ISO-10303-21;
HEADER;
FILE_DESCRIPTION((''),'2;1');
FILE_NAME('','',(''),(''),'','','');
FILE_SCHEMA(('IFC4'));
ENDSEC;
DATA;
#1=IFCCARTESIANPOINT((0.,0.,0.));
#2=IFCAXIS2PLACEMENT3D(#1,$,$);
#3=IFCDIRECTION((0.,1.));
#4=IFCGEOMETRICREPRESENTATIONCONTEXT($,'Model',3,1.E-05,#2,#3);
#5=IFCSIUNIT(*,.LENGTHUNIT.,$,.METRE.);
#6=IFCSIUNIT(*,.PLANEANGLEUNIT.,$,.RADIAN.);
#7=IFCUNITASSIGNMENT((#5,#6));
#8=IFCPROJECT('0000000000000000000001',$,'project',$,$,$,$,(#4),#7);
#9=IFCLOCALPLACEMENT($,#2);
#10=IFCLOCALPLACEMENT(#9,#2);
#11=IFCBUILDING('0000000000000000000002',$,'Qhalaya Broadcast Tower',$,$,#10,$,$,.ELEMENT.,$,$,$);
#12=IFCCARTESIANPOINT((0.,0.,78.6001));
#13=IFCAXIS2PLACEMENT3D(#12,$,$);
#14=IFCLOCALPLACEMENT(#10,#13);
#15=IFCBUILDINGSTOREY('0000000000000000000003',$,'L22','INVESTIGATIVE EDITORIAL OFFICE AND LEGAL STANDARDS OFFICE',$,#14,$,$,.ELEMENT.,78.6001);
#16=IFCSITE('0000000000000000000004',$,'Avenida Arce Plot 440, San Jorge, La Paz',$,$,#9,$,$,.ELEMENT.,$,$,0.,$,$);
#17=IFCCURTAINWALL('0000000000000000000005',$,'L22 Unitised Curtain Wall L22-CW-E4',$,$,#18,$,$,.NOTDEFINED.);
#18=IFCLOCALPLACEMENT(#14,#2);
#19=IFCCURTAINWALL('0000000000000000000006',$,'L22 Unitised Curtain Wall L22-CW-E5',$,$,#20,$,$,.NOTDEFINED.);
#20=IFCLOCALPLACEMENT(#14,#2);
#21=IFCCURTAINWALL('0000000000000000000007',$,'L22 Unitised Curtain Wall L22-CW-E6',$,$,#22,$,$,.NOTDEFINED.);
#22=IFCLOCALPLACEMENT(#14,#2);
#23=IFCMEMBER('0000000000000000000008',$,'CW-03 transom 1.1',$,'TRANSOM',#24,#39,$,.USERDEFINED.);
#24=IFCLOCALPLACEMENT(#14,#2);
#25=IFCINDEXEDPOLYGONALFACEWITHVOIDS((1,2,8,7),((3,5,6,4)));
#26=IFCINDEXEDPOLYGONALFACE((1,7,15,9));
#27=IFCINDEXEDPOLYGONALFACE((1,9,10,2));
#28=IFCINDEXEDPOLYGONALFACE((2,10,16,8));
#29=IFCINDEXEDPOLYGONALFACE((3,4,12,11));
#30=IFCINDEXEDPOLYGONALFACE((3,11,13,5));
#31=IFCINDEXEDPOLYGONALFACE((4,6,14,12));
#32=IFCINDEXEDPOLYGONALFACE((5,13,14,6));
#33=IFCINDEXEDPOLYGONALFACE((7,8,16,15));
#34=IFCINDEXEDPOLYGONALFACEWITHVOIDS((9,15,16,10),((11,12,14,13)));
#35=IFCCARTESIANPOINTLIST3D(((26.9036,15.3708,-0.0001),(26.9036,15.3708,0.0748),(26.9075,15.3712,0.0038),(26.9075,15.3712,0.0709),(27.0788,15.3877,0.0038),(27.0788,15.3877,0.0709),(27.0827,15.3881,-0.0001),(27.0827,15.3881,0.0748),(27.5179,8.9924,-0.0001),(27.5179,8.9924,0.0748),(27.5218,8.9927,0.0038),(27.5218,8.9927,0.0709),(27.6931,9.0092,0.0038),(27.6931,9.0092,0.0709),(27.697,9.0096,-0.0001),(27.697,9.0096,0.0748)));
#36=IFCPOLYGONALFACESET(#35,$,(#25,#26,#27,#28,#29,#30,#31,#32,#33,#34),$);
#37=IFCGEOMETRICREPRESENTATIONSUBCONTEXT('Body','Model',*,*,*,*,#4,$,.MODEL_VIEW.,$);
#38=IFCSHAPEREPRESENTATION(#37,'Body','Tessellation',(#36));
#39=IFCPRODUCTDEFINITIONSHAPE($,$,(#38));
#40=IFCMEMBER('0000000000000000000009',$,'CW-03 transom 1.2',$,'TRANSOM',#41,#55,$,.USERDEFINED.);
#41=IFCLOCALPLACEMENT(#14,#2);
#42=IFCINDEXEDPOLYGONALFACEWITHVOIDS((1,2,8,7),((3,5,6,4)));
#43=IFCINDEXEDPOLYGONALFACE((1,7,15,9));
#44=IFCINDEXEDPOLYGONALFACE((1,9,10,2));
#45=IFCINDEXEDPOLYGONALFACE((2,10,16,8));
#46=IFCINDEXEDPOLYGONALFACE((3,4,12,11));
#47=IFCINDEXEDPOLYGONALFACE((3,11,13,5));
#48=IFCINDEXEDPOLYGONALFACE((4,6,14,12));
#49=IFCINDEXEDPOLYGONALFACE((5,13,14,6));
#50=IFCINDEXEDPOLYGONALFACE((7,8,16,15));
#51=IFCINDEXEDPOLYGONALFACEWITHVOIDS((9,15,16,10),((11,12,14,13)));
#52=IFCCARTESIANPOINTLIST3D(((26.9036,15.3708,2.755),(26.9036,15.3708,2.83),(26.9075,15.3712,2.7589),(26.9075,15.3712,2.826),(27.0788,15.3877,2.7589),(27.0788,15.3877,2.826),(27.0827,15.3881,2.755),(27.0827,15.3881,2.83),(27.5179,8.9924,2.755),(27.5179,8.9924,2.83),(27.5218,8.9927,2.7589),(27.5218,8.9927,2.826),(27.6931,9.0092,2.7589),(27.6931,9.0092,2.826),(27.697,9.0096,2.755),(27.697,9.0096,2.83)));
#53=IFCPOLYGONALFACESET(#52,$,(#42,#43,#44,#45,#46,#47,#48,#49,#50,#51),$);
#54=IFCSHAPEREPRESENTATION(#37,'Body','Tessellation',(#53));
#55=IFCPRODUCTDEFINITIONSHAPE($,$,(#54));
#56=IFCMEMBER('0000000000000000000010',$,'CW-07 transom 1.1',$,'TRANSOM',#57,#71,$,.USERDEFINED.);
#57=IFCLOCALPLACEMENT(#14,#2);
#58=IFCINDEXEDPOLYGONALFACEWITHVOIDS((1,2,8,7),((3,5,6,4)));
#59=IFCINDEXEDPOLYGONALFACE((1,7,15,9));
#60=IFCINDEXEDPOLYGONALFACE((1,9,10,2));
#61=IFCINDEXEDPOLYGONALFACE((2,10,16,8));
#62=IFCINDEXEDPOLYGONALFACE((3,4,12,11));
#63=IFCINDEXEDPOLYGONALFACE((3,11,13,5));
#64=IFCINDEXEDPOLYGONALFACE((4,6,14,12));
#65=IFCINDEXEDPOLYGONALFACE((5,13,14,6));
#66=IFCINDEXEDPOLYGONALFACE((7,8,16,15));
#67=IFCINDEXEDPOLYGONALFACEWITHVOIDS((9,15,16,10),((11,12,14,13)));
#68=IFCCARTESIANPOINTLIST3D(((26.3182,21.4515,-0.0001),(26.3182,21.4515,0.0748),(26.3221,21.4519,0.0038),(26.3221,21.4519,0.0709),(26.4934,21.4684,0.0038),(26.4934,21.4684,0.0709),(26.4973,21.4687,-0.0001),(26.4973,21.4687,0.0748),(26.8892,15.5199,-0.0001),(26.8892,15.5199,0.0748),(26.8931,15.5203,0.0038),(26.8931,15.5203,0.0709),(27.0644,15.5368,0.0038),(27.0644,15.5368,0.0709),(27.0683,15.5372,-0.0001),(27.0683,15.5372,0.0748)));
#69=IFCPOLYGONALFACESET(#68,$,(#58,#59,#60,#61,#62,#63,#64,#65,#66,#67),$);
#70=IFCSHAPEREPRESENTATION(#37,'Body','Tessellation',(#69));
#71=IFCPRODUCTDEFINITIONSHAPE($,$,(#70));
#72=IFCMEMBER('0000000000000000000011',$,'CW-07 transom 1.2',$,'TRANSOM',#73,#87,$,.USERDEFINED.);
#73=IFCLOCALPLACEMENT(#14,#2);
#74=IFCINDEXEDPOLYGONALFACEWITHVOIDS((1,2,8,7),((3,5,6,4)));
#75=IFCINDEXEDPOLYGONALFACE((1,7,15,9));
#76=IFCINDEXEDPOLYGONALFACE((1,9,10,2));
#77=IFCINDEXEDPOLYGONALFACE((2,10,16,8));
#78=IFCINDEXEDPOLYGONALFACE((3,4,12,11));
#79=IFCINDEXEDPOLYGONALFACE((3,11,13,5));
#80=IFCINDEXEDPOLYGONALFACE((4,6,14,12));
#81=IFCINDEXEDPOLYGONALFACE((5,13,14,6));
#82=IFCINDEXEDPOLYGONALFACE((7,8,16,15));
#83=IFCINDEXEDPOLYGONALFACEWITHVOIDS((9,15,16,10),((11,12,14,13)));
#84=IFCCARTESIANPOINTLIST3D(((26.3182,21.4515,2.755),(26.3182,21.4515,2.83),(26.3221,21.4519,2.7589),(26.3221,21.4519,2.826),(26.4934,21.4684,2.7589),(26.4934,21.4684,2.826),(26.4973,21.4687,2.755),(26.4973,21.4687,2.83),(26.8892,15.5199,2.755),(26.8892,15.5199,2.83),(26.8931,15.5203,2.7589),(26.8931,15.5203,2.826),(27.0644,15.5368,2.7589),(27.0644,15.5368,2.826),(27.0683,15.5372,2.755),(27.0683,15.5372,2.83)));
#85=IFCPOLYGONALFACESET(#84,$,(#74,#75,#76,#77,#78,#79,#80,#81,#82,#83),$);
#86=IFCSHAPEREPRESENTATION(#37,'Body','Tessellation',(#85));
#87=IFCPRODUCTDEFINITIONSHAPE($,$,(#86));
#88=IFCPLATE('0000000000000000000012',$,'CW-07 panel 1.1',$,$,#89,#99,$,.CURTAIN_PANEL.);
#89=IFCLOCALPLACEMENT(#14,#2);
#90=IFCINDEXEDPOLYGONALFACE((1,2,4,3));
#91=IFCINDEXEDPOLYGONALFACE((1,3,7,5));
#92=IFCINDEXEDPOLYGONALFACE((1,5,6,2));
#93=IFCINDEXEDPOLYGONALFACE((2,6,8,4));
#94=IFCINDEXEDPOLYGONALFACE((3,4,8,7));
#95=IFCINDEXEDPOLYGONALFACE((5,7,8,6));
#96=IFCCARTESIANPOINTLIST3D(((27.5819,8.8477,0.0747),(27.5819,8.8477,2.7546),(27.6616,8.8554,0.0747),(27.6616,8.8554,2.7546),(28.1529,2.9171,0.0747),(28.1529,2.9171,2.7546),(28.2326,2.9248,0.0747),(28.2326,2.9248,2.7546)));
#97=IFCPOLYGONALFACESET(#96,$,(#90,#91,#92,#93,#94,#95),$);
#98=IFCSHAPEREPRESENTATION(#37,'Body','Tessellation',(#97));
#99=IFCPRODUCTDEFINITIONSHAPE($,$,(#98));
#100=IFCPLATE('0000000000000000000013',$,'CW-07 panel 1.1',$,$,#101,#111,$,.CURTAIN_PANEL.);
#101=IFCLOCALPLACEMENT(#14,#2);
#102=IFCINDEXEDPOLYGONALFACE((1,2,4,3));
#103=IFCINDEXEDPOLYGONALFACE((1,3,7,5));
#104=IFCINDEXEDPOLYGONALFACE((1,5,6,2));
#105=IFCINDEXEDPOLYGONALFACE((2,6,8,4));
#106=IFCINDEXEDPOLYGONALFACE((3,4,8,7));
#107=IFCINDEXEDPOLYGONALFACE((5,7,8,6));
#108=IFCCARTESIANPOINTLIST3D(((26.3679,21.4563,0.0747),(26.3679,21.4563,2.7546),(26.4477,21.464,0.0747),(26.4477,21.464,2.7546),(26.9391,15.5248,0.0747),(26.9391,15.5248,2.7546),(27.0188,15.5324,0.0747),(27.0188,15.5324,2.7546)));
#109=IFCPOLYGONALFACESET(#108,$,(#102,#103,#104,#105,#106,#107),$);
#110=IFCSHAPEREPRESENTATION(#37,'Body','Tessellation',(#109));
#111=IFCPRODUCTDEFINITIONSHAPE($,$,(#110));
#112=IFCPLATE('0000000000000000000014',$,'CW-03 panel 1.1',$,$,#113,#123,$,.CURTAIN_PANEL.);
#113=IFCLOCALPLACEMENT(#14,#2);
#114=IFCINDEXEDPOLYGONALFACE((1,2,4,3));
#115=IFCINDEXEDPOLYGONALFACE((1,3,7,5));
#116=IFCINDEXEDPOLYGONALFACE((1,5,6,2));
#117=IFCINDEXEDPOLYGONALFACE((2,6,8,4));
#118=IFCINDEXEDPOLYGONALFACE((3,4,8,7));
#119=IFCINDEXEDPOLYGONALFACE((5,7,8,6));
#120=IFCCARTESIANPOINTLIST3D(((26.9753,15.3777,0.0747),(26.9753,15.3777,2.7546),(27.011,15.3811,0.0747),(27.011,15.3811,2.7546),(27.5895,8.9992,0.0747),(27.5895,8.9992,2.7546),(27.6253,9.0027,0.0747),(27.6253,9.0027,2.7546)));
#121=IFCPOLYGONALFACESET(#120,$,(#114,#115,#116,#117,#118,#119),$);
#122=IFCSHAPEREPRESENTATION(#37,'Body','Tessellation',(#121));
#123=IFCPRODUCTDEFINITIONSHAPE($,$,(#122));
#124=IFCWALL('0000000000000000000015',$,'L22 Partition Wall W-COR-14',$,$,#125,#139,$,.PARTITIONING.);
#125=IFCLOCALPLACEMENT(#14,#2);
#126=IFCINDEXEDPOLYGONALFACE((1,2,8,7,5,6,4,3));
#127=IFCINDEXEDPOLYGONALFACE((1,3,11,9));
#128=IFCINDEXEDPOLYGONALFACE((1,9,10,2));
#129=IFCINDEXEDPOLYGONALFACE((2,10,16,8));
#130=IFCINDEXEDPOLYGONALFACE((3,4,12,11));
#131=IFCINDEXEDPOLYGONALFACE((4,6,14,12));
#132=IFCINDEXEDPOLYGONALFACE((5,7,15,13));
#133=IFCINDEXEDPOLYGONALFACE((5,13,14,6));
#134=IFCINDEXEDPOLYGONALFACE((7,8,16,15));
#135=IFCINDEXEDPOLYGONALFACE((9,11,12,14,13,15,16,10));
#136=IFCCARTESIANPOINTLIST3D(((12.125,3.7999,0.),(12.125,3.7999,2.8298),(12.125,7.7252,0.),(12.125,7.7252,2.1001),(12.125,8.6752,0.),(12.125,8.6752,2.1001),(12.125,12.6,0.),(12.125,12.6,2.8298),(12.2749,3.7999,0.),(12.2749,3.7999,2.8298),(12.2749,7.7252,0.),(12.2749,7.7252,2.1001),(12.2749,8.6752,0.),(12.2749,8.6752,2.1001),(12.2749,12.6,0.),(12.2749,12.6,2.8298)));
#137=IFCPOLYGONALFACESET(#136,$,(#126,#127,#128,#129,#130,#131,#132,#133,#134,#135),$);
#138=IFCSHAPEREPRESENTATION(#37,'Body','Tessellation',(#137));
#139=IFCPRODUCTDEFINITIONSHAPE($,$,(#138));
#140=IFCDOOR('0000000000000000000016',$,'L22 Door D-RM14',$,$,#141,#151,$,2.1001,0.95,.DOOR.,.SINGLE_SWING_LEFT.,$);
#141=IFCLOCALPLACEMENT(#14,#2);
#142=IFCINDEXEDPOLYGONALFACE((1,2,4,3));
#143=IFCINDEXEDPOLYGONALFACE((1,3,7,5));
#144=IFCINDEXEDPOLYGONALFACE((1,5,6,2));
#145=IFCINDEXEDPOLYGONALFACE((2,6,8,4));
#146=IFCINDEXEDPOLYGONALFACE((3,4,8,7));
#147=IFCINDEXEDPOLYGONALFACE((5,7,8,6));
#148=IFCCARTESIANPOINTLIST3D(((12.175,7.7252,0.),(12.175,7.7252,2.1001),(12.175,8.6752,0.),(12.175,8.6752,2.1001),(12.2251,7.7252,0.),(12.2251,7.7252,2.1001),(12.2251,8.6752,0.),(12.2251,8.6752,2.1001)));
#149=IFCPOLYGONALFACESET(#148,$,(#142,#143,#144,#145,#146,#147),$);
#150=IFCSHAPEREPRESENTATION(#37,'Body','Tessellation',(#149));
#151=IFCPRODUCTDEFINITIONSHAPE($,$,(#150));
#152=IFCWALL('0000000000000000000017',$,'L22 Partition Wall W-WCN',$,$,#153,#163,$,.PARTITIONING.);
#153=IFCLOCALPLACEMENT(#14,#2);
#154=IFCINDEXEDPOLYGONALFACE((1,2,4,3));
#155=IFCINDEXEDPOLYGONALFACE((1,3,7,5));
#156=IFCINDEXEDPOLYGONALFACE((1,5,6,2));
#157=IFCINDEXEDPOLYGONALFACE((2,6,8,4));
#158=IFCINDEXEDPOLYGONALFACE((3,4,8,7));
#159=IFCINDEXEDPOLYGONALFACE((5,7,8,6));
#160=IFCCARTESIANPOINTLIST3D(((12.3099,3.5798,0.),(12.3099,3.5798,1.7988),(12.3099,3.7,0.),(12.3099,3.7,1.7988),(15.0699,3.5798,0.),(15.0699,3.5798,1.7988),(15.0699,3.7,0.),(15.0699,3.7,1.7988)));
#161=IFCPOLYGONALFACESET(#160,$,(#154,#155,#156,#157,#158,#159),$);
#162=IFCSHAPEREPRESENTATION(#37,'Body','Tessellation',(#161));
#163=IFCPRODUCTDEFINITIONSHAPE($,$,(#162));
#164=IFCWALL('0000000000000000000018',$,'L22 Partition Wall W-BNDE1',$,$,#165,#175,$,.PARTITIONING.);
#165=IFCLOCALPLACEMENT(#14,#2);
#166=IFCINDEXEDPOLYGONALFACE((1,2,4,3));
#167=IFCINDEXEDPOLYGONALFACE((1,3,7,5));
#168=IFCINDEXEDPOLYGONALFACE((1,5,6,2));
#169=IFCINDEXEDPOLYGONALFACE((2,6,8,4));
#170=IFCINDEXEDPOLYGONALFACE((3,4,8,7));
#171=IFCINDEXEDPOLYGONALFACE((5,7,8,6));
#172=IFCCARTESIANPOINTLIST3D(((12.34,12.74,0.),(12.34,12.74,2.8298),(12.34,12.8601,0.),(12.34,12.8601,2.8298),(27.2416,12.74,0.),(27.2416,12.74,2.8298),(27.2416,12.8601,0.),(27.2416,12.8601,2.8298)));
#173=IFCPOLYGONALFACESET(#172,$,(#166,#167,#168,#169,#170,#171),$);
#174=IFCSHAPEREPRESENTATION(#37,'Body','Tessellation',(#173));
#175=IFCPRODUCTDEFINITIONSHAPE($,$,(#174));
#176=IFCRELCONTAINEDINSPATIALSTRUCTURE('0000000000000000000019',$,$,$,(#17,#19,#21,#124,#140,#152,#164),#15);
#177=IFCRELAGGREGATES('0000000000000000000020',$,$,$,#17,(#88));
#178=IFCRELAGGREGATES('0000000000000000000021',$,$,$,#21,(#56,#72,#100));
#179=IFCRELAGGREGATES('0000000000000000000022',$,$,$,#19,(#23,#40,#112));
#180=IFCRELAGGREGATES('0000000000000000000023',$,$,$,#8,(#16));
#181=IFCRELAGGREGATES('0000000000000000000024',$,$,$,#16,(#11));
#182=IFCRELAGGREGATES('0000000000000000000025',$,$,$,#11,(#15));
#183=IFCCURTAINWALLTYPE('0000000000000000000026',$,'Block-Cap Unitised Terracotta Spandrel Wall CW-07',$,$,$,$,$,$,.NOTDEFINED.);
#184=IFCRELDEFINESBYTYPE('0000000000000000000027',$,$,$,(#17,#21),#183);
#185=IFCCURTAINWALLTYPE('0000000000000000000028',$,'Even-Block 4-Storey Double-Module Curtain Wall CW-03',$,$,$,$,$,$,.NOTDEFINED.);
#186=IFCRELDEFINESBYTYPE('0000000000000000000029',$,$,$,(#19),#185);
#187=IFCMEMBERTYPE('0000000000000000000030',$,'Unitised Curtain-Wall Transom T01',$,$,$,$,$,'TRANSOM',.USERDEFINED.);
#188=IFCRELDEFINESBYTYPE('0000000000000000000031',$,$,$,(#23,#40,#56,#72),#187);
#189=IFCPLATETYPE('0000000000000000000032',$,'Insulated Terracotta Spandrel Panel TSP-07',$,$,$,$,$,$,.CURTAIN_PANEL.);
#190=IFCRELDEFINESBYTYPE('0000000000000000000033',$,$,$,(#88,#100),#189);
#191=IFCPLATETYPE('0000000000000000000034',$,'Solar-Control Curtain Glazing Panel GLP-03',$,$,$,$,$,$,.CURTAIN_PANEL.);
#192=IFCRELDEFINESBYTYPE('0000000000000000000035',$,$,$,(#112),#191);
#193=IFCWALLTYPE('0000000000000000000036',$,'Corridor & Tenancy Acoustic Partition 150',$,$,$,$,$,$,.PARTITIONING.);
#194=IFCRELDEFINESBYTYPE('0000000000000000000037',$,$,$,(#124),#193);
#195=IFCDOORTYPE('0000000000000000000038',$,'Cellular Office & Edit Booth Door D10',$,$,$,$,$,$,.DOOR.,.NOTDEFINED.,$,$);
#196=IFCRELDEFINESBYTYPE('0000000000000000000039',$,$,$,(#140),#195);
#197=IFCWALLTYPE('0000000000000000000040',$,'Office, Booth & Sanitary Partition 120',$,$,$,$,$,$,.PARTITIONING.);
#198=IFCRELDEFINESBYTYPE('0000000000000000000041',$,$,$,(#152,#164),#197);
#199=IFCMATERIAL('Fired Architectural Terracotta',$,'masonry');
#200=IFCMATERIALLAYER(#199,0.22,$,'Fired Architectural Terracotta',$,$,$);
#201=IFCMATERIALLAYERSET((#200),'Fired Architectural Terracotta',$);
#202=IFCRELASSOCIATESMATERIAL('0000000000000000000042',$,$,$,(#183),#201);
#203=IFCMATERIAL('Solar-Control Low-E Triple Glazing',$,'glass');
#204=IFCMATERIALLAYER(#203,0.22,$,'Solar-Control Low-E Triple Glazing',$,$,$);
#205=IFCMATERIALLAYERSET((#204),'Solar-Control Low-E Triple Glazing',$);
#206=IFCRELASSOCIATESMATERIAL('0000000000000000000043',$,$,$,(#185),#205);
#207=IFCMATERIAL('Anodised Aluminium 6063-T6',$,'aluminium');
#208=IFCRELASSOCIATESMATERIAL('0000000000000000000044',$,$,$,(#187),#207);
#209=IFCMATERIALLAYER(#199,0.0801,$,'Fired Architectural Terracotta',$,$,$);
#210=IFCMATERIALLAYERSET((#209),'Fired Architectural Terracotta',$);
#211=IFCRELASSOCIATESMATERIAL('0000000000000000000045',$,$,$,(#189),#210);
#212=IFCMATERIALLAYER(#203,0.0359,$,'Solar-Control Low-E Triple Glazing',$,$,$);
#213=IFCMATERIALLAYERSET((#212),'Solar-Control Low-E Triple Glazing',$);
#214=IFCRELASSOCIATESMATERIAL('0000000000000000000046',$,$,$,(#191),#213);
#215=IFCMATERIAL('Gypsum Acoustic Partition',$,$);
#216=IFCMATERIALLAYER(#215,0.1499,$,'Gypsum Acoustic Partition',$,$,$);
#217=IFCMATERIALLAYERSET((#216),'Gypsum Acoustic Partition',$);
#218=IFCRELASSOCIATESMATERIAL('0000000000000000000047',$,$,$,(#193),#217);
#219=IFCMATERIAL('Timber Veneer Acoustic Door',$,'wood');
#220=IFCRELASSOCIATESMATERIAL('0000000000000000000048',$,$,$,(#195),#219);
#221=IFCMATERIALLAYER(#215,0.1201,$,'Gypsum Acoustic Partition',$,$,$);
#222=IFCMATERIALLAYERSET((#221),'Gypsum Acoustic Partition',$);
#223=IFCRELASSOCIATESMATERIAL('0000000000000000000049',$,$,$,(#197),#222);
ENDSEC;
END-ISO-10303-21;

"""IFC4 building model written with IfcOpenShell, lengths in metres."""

from ifc_helpers import new_model, si_unit, direction, frame, frame_2d, origin, origin_2d, place, context, subcontext, project, spatial, rectangle, hollow_rectangle, extrude, material, layer, layer_set, material_profile, profile_set, type_object, element, fill, aggregate, save


model = new_model("IFC4")

# Units and contexts
model_context = context("Model", 3, precision=1e-05, world=origin(), true_north=direction((0.0, 1.0)))
body_context = subcontext(model_context, "Body", "Model", "MODEL_VIEW")
ifc_project = project(units=[si_unit("LENGTHUNIT", "METRE"), si_unit("PLANEANGLEUNIT", "RADIAN")], contexts=[model_context])

# Site, building, storey
site_placement = place(None, origin())
site = spatial("IfcSite", under=ifc_project, at=site_placement, Name="Avenida Arce Plot 440, San Jorge, La Paz", CompositionType="ELEMENT", RefElevation=0.0)
building_placement = place(site_placement, origin())
building = spatial("IfcBuilding", under=site, at=building_placement, Name="Qhalaya Broadcast Tower", CompositionType="ELEMENT")
storey_placement = place(building_placement, frame((0.0, 0.0, 78.6001)))
storey = spatial("IfcBuildingStorey", under=building, at=storey_placement, Name="L22", Description="INVESTIGATIVE EDITORIAL OFFICE AND LEGAL STANDARDS OFFICE", CompositionType="ELEMENT", Elevation=78.6001)

# Curtain wall
ifc_material_1 = material(Name="Fired Architectural Terracotta", Category="masonry")
ifc_layer_1 = layer(ifc_material_1, 0.22, Name="Fired Architectural Terracotta")
ifc_layer_set_1 = layer_set([ifc_layer_1], Name="Fired Architectural Terracotta")
curtain_wall_type_1 = type_object("IfcCurtainWallType", Name="Block-Cap Unitised Terracotta Spandrel Wall CW-07", PredefinedType="NOTDEFINED", material=ifc_layer_set_1)
curtain_wall_1_placement = place(storey_placement, origin())
curtain_wall_1 = element("IfcCurtainWall", 1, at=curtain_wall_1_placement, inside=storey, type_object=curtain_wall_type_1, Name="L22 Unitised Curtain Wall L22-CW-E4", PredefinedType="NOTDEFINED")
ifc_material_2 = material(Name="Anodised Aluminium 6063-T6", Category="aluminium")

# Curtain wall
ifc_material_3 = material(Name="Solar-Control Low-E Triple Glazing", Category="glass")
ifc_layer_2 = layer(ifc_material_3, 0.22, Name="Solar-Control Low-E Triple Glazing")
ifc_layer_set_2 = layer_set([ifc_layer_2], Name="Solar-Control Low-E Triple Glazing")
curtain_wall_type_2 = type_object("IfcCurtainWallType", Name="Even-Block 4-Storey Double-Module Curtain Wall CW-03", PredefinedType="NOTDEFINED", material=ifc_layer_set_2)
curtain_wall_2_placement = place(storey_placement, origin())
curtain_wall_2 = element("IfcCurtainWall", 2, at=curtain_wall_2_placement, inside=storey, type_object=curtain_wall_type_2, Name="L22 Unitised Curtain Wall L22-CW-E5", PredefinedType="NOTDEFINED")

# Curtain wall
curtain_wall_3_placement = place(storey_placement, origin())
curtain_wall_3 = element("IfcCurtainWall", 3, at=curtain_wall_3_placement, inside=storey, type_object=curtain_wall_type_1, Name="L22 Unitised Curtain Wall L22-CW-E6", PredefinedType="NOTDEFINED")

# Members
ifc_material_profile_1 = material_profile(ifc_material_2, hollow_rectangle(XDim=0.075, YDim=0.1799, WallThickness=0.0039, at=origin_2d()), Name="ALU-TRN 75x180x4")
ifc_profile_set_1 = profile_set([ifc_material_profile_1], Name="Anodised Aluminium 6063-T6")
member_type_1 = type_object("IfcMemberType", Name="Unitised Curtain-Wall Transom T01", ElementType="TRANSOM", PredefinedType="USERDEFINED", material=ifc_profile_set_1)
member_1_placement = place(storey_placement, frame((27.6074, 9.001, 0.0374), z_axis=(-0.095859, 0.995395, 0.0), x_axis=(0.0, 0.0, 1.0)))
member_1 = element("IfcMember", 4, at=member_1_placement, type_object=member_type_1, Name="CW-03 transom 1.1", ObjectType="TRANSOM", PredefinedType="USERDEFINED", context=body_context, shape_type="SweptSolid", body=[
    extrude(hollow_rectangle(XDim=0.075, YDim=0.1799, WallThickness=0.0039, at=origin_2d()), origin(), (0.0, 0.0, 1.0), 6.408),
])
member_2_placement = place(storey_placement, frame((27.6074, 9.001, 2.7925), z_axis=(-0.095859, 0.995395, 0.0), x_axis=(0.0, 0.0, 1.0)))
member_2 = element("IfcMember", 5, at=member_2_placement, type_object=member_type_1, Name="CW-03 transom 1.2", ObjectType="TRANSOM", PredefinedType="USERDEFINED", context=body_context, shape_type="SweptSolid", body=[
    extrude(hollow_rectangle(XDim=0.075, YDim=0.1799, WallThickness=0.0039, at=origin_2d()), origin(), (0.0, 0.0, 1.0), 6.408),
])
member_3_placement = place(storey_placement, frame((26.9788, 15.5286, 0.0374), z_axis=(-0.095828, 0.995398, 0.0), x_axis=(0.0, 0.0, 1.0)))
member_3 = element("IfcMember", 6, at=member_3_placement, type_object=member_type_1, Name="CW-07 transom 1.1", ObjectType="TRANSOM", PredefinedType="USERDEFINED", context=body_context, shape_type="SweptSolid", body=[
    extrude(hollow_rectangle(XDim=0.075, YDim=0.1799, WallThickness=0.0039, at=origin_2d()), origin(), (0.0, 0.0, 1.0), 5.959),
])
member_4_placement = place(storey_placement, frame((26.9788, 15.5286, 2.7925), z_axis=(-0.095828, 0.995398, 0.0), x_axis=(0.0, 0.0, 1.0)))
member_4 = element("IfcMember", 7, at=member_4_placement, type_object=member_type_1, Name="CW-07 transom 1.2", ObjectType="TRANSOM", PredefinedType="USERDEFINED", context=body_context, shape_type="SweptSolid", body=[
    extrude(hollow_rectangle(XDim=0.075, YDim=0.1799, WallThickness=0.0039, at=origin_2d()), origin(), (0.0, 0.0, 1.0), 5.959),
])

# Plates
ifc_layer_3 = layer(ifc_material_1, 0.0801, Name="Fired Architectural Terracotta")
ifc_layer_set_3 = layer_set([ifc_layer_3], Name="Fired Architectural Terracotta")
plate_type_1 = type_object("IfcPlateType", Name="Insulated Terracotta Spandrel Panel TSP-07", PredefinedType="CURTAIN_PANEL", material=ifc_layer_set_3)
plate_1_placement = place(storey_placement, frame((27.9072, 5.8862, 0.0747), z_axis=(0.0, 0.0, 1.0), x_axis=(-0.095841, 0.995397, 0.0)))
plate_1 = element("IfcPlate", 8, at=plate_1_placement, type_object=plate_type_1, Name="CW-07 panel 1.1", PredefinedType="CURTAIN_PANEL", context=body_context, shape_type="SweptSolid", body=[
    extrude(rectangle(XDim=5.958, YDim=0.0801, at=origin_2d()), origin(), (0.0, 0.0, 1.0), 2.6799),
])
aggregate(curtain_wall_1, [plate_1])
plate_2_placement = place(storey_placement, frame((26.6934, 18.4944, 0.0747), z_axis=(0.0, 0.0, 1.0), x_axis=(-0.095842, 0.995397, 0.0)))
plate_2 = element("IfcPlate", 9, at=plate_2_placement, type_object=plate_type_1, Name="CW-07 panel 1.1", PredefinedType="CURTAIN_PANEL", context=body_context, shape_type="SweptSolid", body=[
    extrude(rectangle(XDim=5.959, YDim=0.0801, at=origin_2d()), origin(), (0.0, 0.0, 1.0), 2.6799),
])
aggregate(curtain_wall_3, [member_3, member_4, plate_2])
ifc_layer_4 = layer(ifc_material_3, 0.0359, Name="Solar-Control Low-E Triple Glazing")
ifc_layer_set_4 = layer_set([ifc_layer_4], Name="Solar-Control Low-E Triple Glazing")
plate_type_2 = type_object("IfcPlateType", Name="Solar-Control Curtain Glazing Panel GLP-03", PredefinedType="CURTAIN_PANEL", material=ifc_layer_set_4)
plate_3_placement = place(storey_placement, frame((27.3003, 12.1902, 0.0747), z_axis=(0.0, 0.0, 1.0), x_axis=(-0.095852, 0.995396, 0.0)))
plate_3 = element("IfcPlate", 10, at=plate_3_placement, type_object=plate_type_2, Name="CW-03 panel 1.1", PredefinedType="CURTAIN_PANEL", context=body_context, shape_type="SweptSolid", body=[
    extrude(rectangle(XDim=6.408, YDim=0.0359, at=origin_2d()), origin(), (0.0, 0.0, 1.0), 2.6799),
])
aggregate(curtain_wall_2, [member_1, member_2, plate_3])

# Wall, opening, door
ifc_material_4 = material(Name="Gypsum Acoustic Partition")
ifc_layer_5 = layer(ifc_material_4, 0.1499, Name="Gypsum Acoustic Partition")
ifc_layer_set_5 = layer_set([ifc_layer_5], Name="Gypsum Acoustic Partition")
wall_type_1 = type_object("IfcWallType", Name="Corridor & Tenancy Acoustic Partition 150", PredefinedType="PARTITIONING", material=ifc_layer_set_5)
wall_1_placement = place(storey_placement, frame((12.2, 3.8, 0.0), z_axis=(0.0, 0.0, 1.0), x_axis=(0.0, 1.0, 0.0)))
wall_1 = element("IfcWall", 11, at=wall_1_placement, inside=storey, type_object=wall_type_1, Name="L22 Partition Wall W-COR-14", PredefinedType="PARTITIONING", context=body_context, shape_type="SweptSolid", body=[
    extrude(rectangle(XDim=8.8, YDim=0.1499, at=frame_2d((4.3999, 0.0))), origin(), (0.0, 0.0, 1.0), 2.8298),
])
opening_placement = place(wall_1_placement, frame((3.925, 0.0, 0.0)))
opening = element("IfcOpeningElement", 12, at=opening_placement, cuts=wall_1, PredefinedType="OPENING", context=body_context, shape_type="SweptSolid", body=[
    extrude(rectangle(XDim=0.95, YDim=2.1001, at=frame_2d((0.4751, 1.05))), frame((0.0, 0.0869, 0.0), z_axis=(0.0, -1.0, 0.0), x_axis=(1.0, 0.0, 0.0)), (0.0, 0.0, 1.0), 0.1738),
])
ifc_material_5 = material(Name="Timber Veneer Acoustic Door", Category="wood")
door_type = type_object("IfcDoorType", Name="Cellular Office & Edit Booth Door D10", OperationType="NOTDEFINED", PredefinedType="DOOR", material=ifc_material_5)
door_placement = place(opening_placement, origin())
door = element("IfcDoor", 13, at=door_placement, inside=storey, type_object=door_type, Name="L22 Door D-RM14", OperationType="SINGLE_SWING_LEFT", OverallHeight=2.1001, OverallWidth=0.95, PredefinedType="DOOR", context=body_context, shape_type="SweptSolid", body=[
    extrude(rectangle(XDim=0.95, YDim=2.1001, at=frame_2d((0.4751, 1.05))), frame((0.0, 0.0249, 0.0), z_axis=(0.0, -1.0, 0.0), x_axis=(1.0, 0.0, 0.0)), (0.0, 0.0, 1.0), 0.05),
])
fill(opening, door)

# Walls
ifc_layer_6 = layer(ifc_material_4, 0.1201, Name="Gypsum Acoustic Partition")
ifc_layer_set_6 = layer_set([ifc_layer_6], Name="Gypsum Acoustic Partition")
wall_type_2 = type_object("IfcWallType", Name="Office, Booth & Sanitary Partition 120", PredefinedType="PARTITIONING", material=ifc_layer_set_6)
wall_2_placement = place(storey_placement, frame((12.3101, 3.6399, 0.0), z_axis=(0.0, 0.0, 1.0), x_axis=(1.0, 0.0, 0.0)))
element("IfcWall", 14, at=wall_2_placement, inside=storey, type_object=wall_type_2, Name="L22 Partition Wall W-WCN", PredefinedType="PARTITIONING", context=body_context, shape_type="SweptSolid", body=[
    extrude(rectangle(XDim=2.76, YDim=0.1201, at=frame_2d((1.3799, 0.0))), origin(), (0.0, 0.0, 1.0), 1.7988),
])
wall_3_placement = place(storey_placement, frame((12.3401, 12.8, 0.0), z_axis=(0.0, 0.0, 1.0), x_axis=(1.0, 0.0, 0.0)))
element("IfcWall", 15, at=wall_3_placement, inside=storey, type_object=wall_type_2, Name="L22 Partition Wall W-BNDE1", PredefinedType="PARTITIONING", context=body_context, shape_type="SweptSolid", body=[
    extrude(rectangle(XDim=14.9016, YDim=0.1201, at=frame_2d((7.4507, 0.0))), origin(), (0.0, 0.0, 1.0), 2.8298),
])

save(model, "model.ifc")
